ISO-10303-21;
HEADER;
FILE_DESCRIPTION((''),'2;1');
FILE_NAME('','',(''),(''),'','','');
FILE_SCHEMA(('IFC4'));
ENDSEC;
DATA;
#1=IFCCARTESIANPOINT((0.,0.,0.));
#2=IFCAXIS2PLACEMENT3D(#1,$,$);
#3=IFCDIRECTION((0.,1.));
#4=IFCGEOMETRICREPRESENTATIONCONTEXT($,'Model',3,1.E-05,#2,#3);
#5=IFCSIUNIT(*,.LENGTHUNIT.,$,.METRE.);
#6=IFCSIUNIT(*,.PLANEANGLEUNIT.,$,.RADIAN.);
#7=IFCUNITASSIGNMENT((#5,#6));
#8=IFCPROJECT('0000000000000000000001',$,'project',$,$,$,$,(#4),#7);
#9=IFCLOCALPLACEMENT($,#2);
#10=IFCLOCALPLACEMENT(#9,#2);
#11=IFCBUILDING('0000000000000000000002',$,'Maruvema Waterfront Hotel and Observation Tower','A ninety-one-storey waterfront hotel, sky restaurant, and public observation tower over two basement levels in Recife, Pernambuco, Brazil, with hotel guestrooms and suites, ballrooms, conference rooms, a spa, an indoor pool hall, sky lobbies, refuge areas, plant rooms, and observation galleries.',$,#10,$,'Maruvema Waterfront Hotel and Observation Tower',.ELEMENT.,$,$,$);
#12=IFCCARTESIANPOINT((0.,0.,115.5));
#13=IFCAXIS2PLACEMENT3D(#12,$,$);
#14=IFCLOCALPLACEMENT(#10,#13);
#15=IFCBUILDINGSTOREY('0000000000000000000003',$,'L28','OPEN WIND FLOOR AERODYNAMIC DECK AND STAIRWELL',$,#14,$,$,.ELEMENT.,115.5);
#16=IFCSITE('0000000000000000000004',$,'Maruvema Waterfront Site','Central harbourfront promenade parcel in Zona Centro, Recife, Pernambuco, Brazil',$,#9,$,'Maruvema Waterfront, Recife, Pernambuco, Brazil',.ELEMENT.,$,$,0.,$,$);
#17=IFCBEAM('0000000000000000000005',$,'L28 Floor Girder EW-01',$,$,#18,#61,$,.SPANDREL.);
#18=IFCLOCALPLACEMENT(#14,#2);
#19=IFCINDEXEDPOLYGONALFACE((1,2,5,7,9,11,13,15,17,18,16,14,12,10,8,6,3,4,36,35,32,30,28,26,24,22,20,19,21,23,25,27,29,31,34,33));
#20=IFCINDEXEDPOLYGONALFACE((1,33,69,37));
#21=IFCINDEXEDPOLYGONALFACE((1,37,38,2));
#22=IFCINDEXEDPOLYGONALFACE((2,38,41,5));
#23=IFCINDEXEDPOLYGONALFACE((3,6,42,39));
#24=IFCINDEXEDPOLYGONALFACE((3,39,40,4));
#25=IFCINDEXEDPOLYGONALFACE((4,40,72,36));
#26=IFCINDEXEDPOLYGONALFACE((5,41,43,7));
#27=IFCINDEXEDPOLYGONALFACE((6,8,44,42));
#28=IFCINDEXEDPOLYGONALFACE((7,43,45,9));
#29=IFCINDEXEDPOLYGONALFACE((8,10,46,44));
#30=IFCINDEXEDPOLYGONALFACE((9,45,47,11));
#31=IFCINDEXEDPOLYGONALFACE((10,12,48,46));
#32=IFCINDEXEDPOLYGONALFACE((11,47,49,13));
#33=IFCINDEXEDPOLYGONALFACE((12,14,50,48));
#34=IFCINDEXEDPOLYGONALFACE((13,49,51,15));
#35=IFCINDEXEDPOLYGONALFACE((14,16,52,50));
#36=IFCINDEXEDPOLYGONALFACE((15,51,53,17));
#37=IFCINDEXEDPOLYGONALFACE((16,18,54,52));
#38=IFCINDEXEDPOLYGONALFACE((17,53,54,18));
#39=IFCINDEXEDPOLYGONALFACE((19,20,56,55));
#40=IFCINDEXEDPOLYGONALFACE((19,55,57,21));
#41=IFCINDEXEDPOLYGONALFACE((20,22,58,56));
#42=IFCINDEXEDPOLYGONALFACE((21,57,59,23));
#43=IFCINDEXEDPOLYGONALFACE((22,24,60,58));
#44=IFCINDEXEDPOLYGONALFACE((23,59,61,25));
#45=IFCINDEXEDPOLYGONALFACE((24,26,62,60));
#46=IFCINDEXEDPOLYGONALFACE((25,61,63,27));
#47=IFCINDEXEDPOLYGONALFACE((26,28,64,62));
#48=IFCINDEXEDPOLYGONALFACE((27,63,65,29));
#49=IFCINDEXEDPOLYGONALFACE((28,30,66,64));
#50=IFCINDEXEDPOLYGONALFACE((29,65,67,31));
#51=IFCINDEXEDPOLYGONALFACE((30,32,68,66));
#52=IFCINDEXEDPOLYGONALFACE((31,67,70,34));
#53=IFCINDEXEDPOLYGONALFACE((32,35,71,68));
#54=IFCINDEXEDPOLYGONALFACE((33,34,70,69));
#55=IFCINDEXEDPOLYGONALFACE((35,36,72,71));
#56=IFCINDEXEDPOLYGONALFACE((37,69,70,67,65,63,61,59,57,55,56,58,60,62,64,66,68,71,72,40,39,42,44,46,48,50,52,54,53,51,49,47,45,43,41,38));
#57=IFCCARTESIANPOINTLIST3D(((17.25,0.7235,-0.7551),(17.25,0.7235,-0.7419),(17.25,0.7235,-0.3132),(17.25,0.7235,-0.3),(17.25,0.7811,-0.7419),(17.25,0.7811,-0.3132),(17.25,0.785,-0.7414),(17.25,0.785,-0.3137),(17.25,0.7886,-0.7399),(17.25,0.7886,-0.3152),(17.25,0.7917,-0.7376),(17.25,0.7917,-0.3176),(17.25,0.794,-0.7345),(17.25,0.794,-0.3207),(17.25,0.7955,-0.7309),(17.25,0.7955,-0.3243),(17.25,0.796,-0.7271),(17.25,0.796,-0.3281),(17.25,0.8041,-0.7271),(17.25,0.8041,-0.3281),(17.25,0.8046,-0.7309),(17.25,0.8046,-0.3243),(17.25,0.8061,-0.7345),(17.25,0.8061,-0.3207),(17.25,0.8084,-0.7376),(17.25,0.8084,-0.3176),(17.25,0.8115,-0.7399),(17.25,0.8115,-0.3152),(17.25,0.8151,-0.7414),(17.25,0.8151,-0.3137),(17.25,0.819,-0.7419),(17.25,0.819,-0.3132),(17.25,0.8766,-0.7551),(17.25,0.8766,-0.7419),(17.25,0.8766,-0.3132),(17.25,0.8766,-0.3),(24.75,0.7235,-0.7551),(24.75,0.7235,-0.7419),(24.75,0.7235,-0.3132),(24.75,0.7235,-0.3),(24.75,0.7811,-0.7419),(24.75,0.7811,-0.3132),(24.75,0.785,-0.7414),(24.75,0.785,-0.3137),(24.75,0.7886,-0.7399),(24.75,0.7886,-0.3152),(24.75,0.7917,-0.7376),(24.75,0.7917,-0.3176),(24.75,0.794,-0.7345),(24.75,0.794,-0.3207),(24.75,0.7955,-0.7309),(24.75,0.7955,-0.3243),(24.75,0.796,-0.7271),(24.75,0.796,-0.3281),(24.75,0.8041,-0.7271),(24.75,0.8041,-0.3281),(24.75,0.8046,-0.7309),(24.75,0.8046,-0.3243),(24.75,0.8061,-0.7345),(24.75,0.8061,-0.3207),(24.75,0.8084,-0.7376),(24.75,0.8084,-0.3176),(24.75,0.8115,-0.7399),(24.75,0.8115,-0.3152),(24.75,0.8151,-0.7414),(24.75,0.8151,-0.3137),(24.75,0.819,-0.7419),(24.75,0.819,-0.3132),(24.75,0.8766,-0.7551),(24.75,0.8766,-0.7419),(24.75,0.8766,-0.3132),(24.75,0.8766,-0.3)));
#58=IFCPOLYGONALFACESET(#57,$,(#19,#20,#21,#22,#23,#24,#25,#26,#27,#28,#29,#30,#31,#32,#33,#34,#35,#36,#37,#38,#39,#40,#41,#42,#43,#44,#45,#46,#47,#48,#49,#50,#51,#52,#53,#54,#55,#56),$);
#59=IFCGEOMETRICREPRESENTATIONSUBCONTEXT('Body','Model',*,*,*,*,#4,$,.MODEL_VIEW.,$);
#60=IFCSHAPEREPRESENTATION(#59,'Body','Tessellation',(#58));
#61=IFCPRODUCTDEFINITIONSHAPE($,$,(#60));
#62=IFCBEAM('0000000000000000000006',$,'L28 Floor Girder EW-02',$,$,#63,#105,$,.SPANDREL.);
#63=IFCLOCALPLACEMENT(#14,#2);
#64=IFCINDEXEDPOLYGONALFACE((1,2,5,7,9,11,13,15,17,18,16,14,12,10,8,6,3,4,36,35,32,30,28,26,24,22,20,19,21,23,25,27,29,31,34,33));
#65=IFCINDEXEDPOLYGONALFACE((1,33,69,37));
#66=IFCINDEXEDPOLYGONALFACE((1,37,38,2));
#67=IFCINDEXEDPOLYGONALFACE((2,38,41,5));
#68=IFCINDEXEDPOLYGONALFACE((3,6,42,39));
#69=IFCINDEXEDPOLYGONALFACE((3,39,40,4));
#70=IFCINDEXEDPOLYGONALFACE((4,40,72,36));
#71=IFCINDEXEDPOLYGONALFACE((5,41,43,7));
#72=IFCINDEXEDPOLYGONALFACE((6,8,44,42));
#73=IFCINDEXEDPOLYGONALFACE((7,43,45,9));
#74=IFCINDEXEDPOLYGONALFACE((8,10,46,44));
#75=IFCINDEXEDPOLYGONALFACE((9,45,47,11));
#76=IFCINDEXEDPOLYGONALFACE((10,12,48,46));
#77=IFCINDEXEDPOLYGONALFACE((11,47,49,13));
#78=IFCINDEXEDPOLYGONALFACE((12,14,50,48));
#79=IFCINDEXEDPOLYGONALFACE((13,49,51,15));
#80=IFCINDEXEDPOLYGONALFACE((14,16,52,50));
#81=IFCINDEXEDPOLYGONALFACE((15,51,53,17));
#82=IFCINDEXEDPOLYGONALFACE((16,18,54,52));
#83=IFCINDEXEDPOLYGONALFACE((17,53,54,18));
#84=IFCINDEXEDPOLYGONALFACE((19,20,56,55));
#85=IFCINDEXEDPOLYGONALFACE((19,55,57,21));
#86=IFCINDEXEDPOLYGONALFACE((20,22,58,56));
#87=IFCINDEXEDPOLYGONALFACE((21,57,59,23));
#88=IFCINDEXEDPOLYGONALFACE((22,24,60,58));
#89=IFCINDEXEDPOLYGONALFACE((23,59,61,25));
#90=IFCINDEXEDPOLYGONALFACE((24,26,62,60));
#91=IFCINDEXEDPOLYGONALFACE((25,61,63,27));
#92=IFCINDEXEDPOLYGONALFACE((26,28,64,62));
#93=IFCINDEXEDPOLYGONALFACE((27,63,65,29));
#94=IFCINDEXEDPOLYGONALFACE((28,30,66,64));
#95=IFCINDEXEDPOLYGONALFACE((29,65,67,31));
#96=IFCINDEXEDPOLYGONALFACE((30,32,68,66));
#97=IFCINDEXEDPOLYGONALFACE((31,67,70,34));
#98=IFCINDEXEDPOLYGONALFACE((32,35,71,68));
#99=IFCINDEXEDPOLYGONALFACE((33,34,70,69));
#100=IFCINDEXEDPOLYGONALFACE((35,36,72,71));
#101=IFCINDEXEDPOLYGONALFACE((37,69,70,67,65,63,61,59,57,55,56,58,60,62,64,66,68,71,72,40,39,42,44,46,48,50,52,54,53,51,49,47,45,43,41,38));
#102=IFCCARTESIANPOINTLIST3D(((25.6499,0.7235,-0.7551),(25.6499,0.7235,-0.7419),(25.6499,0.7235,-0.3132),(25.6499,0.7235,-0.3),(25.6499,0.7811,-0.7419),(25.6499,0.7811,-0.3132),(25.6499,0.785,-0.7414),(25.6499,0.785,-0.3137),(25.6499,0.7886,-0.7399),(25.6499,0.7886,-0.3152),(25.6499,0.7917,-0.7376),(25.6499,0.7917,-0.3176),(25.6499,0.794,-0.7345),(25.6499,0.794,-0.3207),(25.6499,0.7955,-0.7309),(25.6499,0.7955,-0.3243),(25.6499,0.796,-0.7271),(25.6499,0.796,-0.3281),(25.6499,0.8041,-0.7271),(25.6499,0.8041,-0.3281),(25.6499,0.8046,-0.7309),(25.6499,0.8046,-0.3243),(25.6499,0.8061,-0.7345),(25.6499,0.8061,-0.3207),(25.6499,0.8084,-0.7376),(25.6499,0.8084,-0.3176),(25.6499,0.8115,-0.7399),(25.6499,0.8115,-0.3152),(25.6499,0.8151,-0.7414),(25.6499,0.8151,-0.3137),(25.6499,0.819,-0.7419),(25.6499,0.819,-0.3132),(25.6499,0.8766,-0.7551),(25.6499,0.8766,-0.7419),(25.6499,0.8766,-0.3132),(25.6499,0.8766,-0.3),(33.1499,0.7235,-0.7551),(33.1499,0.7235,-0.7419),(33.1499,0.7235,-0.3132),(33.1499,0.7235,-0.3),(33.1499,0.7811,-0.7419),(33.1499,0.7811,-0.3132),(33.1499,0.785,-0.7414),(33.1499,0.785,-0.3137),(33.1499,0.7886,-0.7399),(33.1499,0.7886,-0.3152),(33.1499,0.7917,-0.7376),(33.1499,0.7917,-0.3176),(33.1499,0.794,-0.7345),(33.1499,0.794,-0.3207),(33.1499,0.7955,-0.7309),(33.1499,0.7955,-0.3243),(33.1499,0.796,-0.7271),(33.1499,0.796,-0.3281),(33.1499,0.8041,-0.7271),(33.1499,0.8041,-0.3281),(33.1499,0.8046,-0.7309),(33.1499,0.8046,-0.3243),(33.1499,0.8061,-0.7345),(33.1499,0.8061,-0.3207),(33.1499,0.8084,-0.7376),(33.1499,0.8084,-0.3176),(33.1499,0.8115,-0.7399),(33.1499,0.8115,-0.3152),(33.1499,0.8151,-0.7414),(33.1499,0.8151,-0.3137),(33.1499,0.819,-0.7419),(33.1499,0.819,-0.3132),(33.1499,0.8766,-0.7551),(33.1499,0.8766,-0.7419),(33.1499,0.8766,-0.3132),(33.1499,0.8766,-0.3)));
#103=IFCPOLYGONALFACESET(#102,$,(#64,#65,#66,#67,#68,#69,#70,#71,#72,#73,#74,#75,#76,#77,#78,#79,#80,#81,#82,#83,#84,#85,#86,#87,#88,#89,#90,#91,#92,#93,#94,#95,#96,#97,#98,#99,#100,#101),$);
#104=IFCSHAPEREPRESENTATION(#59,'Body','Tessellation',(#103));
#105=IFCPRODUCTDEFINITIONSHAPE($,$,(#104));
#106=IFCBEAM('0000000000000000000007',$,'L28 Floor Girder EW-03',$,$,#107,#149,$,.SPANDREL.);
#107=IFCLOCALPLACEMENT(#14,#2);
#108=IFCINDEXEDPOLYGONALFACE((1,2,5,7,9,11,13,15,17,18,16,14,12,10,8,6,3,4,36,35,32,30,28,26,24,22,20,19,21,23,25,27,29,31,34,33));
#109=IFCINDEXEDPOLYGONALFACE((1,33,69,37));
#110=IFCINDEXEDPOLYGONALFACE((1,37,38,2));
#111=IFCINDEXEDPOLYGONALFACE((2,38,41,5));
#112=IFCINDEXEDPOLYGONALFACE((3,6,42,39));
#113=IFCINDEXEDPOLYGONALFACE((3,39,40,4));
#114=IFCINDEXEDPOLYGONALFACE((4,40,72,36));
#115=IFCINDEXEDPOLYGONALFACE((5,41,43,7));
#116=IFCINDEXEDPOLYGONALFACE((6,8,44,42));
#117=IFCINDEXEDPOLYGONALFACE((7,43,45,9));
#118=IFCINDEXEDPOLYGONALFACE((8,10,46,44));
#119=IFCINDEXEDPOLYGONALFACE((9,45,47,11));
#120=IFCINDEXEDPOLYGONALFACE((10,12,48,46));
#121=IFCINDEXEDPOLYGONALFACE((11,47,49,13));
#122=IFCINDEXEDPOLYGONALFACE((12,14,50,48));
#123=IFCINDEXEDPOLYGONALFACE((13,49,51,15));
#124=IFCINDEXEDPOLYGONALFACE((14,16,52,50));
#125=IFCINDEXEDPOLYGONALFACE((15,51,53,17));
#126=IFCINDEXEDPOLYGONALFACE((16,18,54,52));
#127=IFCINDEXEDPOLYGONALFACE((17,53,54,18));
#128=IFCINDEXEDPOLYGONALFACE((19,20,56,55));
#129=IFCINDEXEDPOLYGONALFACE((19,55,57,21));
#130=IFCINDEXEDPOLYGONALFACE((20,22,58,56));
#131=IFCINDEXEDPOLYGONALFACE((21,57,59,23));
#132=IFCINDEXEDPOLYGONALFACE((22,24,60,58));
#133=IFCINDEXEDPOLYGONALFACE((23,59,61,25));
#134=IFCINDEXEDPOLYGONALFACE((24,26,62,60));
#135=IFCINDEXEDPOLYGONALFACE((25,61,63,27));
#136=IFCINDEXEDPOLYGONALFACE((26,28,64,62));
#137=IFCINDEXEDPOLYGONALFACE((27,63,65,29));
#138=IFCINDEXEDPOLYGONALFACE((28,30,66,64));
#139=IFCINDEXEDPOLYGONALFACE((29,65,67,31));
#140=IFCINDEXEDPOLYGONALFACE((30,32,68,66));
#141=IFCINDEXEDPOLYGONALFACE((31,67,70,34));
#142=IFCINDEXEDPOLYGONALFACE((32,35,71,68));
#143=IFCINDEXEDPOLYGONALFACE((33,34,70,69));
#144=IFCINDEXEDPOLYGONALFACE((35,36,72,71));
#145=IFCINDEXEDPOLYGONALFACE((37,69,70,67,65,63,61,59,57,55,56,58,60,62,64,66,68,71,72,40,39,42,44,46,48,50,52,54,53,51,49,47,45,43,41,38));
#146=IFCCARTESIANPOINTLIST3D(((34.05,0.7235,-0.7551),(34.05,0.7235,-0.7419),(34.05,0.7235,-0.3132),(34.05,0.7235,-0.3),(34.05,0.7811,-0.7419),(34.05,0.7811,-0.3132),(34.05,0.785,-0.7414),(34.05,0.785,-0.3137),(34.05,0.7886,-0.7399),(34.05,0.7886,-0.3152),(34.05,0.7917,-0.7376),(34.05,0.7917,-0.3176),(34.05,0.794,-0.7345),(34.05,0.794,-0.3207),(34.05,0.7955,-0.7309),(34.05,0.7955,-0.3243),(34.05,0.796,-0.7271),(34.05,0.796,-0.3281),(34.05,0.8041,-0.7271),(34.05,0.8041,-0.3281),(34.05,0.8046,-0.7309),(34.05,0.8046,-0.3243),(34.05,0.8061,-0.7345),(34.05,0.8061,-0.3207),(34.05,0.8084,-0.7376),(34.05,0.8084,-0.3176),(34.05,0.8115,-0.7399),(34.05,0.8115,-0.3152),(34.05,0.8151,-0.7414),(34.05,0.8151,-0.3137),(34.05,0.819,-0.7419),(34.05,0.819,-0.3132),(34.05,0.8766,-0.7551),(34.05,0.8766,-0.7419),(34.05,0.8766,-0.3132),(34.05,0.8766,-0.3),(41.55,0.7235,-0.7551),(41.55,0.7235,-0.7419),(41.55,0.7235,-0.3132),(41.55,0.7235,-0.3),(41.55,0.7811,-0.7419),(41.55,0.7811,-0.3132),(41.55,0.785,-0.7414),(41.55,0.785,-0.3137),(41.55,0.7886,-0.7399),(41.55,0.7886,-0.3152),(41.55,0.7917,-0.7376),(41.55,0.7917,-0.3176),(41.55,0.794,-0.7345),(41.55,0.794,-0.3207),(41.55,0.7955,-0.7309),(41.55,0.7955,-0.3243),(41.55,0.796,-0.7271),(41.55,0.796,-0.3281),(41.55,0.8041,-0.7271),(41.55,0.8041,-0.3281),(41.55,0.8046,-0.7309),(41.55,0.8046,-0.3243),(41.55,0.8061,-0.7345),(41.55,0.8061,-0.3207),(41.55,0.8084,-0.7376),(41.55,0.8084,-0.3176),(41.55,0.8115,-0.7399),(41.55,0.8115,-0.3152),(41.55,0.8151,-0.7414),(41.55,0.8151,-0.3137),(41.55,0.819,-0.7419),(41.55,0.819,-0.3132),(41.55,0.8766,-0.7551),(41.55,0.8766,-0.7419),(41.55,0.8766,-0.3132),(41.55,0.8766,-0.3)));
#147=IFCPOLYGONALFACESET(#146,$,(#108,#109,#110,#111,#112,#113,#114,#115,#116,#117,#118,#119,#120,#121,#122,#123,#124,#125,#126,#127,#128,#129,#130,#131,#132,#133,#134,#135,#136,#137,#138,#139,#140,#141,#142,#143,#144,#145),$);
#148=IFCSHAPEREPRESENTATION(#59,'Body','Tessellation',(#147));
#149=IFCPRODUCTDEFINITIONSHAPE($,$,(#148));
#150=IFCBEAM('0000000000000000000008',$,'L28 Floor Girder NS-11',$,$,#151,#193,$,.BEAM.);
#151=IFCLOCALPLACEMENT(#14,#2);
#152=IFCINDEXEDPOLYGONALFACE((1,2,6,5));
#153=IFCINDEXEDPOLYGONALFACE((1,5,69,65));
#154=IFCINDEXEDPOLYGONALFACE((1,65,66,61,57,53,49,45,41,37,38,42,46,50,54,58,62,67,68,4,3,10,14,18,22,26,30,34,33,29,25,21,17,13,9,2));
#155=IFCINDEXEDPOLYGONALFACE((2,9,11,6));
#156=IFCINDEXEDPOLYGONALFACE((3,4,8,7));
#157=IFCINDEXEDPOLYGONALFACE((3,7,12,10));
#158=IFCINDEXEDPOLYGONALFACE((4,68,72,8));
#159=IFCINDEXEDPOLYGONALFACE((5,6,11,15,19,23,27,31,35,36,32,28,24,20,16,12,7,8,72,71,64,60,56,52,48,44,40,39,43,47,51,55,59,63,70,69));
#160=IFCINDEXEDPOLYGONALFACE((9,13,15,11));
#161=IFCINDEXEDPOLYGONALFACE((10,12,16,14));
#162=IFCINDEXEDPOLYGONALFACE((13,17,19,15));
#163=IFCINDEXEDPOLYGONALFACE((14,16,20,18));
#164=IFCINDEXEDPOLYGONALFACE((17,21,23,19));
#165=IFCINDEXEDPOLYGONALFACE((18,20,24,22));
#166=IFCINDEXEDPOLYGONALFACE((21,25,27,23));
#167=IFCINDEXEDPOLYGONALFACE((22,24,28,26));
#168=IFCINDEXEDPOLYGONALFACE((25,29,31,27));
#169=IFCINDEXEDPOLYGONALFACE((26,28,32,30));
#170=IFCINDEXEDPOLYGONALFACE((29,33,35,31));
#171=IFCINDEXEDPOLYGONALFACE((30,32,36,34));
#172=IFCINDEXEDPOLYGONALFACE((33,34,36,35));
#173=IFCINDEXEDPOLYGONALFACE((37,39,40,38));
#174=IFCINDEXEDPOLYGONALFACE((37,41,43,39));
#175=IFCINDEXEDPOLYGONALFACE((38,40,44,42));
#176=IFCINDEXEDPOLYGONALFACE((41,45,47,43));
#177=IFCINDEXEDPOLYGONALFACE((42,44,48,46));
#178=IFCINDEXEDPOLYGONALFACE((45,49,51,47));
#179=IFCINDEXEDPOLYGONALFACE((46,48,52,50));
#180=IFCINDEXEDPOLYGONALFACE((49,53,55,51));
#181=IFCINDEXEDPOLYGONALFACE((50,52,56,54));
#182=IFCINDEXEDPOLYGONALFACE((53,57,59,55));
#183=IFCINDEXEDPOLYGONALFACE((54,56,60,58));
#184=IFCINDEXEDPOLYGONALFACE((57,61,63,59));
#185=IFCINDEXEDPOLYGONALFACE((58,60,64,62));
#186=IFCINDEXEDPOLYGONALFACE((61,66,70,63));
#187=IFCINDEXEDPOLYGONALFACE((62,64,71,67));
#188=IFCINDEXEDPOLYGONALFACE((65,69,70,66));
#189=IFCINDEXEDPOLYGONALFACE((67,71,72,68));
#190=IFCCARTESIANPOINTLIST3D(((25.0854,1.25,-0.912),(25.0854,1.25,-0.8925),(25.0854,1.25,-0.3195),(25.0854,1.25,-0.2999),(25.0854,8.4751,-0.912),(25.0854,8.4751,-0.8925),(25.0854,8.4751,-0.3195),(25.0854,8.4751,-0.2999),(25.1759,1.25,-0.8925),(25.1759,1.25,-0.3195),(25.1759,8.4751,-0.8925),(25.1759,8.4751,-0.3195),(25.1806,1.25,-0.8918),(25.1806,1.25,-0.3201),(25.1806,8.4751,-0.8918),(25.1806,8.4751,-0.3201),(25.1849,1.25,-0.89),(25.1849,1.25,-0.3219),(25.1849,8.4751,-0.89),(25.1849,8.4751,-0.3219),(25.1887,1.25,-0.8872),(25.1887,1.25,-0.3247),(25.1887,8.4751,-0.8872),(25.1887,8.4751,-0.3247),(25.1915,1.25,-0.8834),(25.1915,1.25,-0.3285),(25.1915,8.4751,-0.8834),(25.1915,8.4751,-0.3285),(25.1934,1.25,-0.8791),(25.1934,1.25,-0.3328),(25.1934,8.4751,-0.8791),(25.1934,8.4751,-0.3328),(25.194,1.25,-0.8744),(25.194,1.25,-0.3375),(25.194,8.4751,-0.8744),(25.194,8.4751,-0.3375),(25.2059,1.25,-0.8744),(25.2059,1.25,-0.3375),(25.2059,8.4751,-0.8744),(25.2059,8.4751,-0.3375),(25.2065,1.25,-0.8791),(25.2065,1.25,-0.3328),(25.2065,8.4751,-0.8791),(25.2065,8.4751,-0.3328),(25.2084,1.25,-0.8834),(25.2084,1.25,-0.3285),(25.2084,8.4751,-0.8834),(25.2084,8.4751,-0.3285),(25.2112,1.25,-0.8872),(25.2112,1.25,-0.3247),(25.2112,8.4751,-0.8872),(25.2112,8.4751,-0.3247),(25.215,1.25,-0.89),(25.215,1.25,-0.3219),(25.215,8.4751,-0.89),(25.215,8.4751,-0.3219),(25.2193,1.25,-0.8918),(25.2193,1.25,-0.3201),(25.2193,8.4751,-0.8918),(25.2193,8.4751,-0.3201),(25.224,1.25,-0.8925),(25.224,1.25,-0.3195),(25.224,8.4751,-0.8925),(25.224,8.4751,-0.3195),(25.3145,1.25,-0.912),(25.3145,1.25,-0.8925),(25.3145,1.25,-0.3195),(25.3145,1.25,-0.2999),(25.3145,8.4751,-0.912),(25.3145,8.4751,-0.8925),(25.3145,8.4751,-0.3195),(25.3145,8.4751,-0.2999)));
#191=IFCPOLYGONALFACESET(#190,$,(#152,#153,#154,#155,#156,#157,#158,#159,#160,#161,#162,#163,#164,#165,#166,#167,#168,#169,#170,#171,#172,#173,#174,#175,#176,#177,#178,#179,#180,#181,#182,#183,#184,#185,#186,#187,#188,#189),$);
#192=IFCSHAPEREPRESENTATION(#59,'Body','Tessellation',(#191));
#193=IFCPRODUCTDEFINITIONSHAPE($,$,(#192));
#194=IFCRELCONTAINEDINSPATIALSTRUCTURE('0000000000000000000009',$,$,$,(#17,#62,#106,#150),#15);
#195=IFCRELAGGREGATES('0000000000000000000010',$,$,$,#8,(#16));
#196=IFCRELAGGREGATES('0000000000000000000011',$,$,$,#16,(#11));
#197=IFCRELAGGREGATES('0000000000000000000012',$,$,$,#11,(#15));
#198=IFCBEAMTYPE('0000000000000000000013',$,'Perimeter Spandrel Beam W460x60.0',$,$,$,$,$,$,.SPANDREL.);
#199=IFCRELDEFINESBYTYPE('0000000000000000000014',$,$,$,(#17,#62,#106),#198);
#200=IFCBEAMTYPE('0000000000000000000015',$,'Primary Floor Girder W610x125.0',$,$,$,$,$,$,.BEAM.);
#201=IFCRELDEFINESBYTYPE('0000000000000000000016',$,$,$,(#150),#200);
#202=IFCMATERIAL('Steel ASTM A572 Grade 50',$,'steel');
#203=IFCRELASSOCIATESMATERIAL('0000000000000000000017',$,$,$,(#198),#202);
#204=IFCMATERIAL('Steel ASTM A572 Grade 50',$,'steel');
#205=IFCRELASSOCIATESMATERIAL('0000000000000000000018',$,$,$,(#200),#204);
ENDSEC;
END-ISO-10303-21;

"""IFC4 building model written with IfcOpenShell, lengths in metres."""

from ifc_helpers import new_model, si_unit, direction, frame, origin, origin_2d, place, context, subcontext, project, spatial, i_section, extrude, material, material_profile, profile_set, type_object, element, save


model = new_model("IFC4")

# Units and contexts
model_context = context("Model", 3, precision=1e-05, world=origin(), true_north=direction((0.0, 1.0)))
body_context = subcontext(model_context, "Body", "Model", "MODEL_VIEW")
ifc_project = project(units=[si_unit("LENGTHUNIT", "METRE"), si_unit("PLANEANGLEUNIT", "RADIAN")], contexts=[model_context])

# Site, building, storey
site_placement = place(None, origin())
site = spatial("IfcSite", under=ifc_project, at=site_placement, Name="Maruvema Waterfront Site", Description="Central harbourfront promenade parcel in Zona Centro, Recife, Pernambuco, Brazil", LongName="Maruvema Waterfront, Recife, Pernambuco, Brazil", CompositionType="ELEMENT", RefElevation=0.0)
building_placement = place(site_placement, origin())
building = spatial("IfcBuilding", under=site, at=building_placement, Name="Maruvema Waterfront Hotel and Observation Tower", Description="A ninety-one-storey waterfront hotel, sky restaurant, and public observation tower over two basement levels in Recife, Pernambuco, Brazil, with hotel guestrooms and suites, ballrooms, conference rooms, a spa, an indoor pool hall, sky lobbies, refuge areas, plant rooms, and observation galleries.", LongName="Maruvema Waterfront Hotel and Observation Tower", CompositionType="ELEMENT")
storey_placement = place(building_placement, frame((0.0, 0.0, 115.5)))
storey = spatial("IfcBuildingStorey", under=building, at=storey_placement, Name="L28", Description="OPEN WIND FLOOR AERODYNAMIC DECK AND STAIRWELL", CompositionType="ELEMENT", Elevation=115.5)

# Beams
ifc_material_1 = material(Name="Steel ASTM A572 Grade 50", Category="steel")
ifc_material_profile_1 = material_profile(ifc_material_1, i_section(OverallWidth=0.1531, OverallDepth=0.4551, WebThickness=0.0081, FlangeThickness=0.0132, FilletRadius=0.0149, at=origin_2d()), Name="W460x60.0")
ifc_profile_set_1 = profile_set([ifc_material_profile_1], Name="Steel ASTM A572 Grade 50")
beam_type_1 = type_object("IfcBeamType", Name="Perimeter Spandrel Beam W460x60.0", PredefinedType="SPANDREL", material=ifc_profile_set_1)
for number, where, z_axis, x_axis, name in (
    (1, (17.25, 0.8, -0.5276), (1.0, 0.0, 0.0), (0.0, 1.0, 0.0), "L28 Floor Girder EW-01"),
    (2, (25.6499, 0.8, -0.5276), (1.0, 0.0, 0.0), (0.0, 1.0, 0.0), "L28 Floor Girder EW-02"),
    (3, (34.05, 0.8, -0.5276), (1.0, 0.0, 0.0), (0.0, 1.0, 0.0), "L28 Floor Girder EW-03"),
):
    element("IfcBeam", number, at=place(storey_placement, frame(where, z_axis=z_axis, x_axis=x_axis)), inside=storey, type_object=beam_type_1, Name=name, PredefinedType="SPANDREL", context=body_context, shape_type="SweptSolid", body=[
        extrude(i_section(OverallWidth=0.1531, OverallDepth=0.4551, WebThickness=0.0081, FlangeThickness=0.0132, FilletRadius=0.0149, at=origin_2d()), origin(), (0.0, 0.0, 1.0), 7.5),
    ])
ifc_material_2 = material(Name="Steel ASTM A572 Grade 50", Category="steel")
ifc_material_profile_2 = material_profile(ifc_material_2, i_section(OverallWidth=0.229, OverallDepth=0.6121, WebThickness=0.012, FlangeThickness=0.0195, FilletRadius=0.0181, at=origin_2d()), Name="W610x125.0")
ifc_profile_set_2 = profile_set([ifc_material_profile_2], Name="Steel ASTM A572 Grade 50")
beam_type_2 = type_object("IfcBeamType", Name="Primary Floor Girder W610x125.0", PredefinedType="BEAM", material=ifc_profile_set_2)
beam_1_placement = place(storey_placement, frame((25.2, 1.25, -0.606), z_axis=(0.0, 1.0, 0.0), x_axis=(-1.0, 0.0, 0.0)))
element("IfcBeam", 4, at=beam_1_placement, inside=storey, type_object=beam_type_2, Name="L28 Floor Girder NS-11", PredefinedType="BEAM", context=body_context, shape_type="SweptSolid", body=[
    extrude(i_section(OverallWidth=0.229, OverallDepth=0.6121, WebThickness=0.012, FlangeThickness=0.0195, FilletRadius=0.0181, at=origin_2d()), origin(), (0.0, 0.0, 1.0), 7.2251),
])

save(model, "model.ifc")
